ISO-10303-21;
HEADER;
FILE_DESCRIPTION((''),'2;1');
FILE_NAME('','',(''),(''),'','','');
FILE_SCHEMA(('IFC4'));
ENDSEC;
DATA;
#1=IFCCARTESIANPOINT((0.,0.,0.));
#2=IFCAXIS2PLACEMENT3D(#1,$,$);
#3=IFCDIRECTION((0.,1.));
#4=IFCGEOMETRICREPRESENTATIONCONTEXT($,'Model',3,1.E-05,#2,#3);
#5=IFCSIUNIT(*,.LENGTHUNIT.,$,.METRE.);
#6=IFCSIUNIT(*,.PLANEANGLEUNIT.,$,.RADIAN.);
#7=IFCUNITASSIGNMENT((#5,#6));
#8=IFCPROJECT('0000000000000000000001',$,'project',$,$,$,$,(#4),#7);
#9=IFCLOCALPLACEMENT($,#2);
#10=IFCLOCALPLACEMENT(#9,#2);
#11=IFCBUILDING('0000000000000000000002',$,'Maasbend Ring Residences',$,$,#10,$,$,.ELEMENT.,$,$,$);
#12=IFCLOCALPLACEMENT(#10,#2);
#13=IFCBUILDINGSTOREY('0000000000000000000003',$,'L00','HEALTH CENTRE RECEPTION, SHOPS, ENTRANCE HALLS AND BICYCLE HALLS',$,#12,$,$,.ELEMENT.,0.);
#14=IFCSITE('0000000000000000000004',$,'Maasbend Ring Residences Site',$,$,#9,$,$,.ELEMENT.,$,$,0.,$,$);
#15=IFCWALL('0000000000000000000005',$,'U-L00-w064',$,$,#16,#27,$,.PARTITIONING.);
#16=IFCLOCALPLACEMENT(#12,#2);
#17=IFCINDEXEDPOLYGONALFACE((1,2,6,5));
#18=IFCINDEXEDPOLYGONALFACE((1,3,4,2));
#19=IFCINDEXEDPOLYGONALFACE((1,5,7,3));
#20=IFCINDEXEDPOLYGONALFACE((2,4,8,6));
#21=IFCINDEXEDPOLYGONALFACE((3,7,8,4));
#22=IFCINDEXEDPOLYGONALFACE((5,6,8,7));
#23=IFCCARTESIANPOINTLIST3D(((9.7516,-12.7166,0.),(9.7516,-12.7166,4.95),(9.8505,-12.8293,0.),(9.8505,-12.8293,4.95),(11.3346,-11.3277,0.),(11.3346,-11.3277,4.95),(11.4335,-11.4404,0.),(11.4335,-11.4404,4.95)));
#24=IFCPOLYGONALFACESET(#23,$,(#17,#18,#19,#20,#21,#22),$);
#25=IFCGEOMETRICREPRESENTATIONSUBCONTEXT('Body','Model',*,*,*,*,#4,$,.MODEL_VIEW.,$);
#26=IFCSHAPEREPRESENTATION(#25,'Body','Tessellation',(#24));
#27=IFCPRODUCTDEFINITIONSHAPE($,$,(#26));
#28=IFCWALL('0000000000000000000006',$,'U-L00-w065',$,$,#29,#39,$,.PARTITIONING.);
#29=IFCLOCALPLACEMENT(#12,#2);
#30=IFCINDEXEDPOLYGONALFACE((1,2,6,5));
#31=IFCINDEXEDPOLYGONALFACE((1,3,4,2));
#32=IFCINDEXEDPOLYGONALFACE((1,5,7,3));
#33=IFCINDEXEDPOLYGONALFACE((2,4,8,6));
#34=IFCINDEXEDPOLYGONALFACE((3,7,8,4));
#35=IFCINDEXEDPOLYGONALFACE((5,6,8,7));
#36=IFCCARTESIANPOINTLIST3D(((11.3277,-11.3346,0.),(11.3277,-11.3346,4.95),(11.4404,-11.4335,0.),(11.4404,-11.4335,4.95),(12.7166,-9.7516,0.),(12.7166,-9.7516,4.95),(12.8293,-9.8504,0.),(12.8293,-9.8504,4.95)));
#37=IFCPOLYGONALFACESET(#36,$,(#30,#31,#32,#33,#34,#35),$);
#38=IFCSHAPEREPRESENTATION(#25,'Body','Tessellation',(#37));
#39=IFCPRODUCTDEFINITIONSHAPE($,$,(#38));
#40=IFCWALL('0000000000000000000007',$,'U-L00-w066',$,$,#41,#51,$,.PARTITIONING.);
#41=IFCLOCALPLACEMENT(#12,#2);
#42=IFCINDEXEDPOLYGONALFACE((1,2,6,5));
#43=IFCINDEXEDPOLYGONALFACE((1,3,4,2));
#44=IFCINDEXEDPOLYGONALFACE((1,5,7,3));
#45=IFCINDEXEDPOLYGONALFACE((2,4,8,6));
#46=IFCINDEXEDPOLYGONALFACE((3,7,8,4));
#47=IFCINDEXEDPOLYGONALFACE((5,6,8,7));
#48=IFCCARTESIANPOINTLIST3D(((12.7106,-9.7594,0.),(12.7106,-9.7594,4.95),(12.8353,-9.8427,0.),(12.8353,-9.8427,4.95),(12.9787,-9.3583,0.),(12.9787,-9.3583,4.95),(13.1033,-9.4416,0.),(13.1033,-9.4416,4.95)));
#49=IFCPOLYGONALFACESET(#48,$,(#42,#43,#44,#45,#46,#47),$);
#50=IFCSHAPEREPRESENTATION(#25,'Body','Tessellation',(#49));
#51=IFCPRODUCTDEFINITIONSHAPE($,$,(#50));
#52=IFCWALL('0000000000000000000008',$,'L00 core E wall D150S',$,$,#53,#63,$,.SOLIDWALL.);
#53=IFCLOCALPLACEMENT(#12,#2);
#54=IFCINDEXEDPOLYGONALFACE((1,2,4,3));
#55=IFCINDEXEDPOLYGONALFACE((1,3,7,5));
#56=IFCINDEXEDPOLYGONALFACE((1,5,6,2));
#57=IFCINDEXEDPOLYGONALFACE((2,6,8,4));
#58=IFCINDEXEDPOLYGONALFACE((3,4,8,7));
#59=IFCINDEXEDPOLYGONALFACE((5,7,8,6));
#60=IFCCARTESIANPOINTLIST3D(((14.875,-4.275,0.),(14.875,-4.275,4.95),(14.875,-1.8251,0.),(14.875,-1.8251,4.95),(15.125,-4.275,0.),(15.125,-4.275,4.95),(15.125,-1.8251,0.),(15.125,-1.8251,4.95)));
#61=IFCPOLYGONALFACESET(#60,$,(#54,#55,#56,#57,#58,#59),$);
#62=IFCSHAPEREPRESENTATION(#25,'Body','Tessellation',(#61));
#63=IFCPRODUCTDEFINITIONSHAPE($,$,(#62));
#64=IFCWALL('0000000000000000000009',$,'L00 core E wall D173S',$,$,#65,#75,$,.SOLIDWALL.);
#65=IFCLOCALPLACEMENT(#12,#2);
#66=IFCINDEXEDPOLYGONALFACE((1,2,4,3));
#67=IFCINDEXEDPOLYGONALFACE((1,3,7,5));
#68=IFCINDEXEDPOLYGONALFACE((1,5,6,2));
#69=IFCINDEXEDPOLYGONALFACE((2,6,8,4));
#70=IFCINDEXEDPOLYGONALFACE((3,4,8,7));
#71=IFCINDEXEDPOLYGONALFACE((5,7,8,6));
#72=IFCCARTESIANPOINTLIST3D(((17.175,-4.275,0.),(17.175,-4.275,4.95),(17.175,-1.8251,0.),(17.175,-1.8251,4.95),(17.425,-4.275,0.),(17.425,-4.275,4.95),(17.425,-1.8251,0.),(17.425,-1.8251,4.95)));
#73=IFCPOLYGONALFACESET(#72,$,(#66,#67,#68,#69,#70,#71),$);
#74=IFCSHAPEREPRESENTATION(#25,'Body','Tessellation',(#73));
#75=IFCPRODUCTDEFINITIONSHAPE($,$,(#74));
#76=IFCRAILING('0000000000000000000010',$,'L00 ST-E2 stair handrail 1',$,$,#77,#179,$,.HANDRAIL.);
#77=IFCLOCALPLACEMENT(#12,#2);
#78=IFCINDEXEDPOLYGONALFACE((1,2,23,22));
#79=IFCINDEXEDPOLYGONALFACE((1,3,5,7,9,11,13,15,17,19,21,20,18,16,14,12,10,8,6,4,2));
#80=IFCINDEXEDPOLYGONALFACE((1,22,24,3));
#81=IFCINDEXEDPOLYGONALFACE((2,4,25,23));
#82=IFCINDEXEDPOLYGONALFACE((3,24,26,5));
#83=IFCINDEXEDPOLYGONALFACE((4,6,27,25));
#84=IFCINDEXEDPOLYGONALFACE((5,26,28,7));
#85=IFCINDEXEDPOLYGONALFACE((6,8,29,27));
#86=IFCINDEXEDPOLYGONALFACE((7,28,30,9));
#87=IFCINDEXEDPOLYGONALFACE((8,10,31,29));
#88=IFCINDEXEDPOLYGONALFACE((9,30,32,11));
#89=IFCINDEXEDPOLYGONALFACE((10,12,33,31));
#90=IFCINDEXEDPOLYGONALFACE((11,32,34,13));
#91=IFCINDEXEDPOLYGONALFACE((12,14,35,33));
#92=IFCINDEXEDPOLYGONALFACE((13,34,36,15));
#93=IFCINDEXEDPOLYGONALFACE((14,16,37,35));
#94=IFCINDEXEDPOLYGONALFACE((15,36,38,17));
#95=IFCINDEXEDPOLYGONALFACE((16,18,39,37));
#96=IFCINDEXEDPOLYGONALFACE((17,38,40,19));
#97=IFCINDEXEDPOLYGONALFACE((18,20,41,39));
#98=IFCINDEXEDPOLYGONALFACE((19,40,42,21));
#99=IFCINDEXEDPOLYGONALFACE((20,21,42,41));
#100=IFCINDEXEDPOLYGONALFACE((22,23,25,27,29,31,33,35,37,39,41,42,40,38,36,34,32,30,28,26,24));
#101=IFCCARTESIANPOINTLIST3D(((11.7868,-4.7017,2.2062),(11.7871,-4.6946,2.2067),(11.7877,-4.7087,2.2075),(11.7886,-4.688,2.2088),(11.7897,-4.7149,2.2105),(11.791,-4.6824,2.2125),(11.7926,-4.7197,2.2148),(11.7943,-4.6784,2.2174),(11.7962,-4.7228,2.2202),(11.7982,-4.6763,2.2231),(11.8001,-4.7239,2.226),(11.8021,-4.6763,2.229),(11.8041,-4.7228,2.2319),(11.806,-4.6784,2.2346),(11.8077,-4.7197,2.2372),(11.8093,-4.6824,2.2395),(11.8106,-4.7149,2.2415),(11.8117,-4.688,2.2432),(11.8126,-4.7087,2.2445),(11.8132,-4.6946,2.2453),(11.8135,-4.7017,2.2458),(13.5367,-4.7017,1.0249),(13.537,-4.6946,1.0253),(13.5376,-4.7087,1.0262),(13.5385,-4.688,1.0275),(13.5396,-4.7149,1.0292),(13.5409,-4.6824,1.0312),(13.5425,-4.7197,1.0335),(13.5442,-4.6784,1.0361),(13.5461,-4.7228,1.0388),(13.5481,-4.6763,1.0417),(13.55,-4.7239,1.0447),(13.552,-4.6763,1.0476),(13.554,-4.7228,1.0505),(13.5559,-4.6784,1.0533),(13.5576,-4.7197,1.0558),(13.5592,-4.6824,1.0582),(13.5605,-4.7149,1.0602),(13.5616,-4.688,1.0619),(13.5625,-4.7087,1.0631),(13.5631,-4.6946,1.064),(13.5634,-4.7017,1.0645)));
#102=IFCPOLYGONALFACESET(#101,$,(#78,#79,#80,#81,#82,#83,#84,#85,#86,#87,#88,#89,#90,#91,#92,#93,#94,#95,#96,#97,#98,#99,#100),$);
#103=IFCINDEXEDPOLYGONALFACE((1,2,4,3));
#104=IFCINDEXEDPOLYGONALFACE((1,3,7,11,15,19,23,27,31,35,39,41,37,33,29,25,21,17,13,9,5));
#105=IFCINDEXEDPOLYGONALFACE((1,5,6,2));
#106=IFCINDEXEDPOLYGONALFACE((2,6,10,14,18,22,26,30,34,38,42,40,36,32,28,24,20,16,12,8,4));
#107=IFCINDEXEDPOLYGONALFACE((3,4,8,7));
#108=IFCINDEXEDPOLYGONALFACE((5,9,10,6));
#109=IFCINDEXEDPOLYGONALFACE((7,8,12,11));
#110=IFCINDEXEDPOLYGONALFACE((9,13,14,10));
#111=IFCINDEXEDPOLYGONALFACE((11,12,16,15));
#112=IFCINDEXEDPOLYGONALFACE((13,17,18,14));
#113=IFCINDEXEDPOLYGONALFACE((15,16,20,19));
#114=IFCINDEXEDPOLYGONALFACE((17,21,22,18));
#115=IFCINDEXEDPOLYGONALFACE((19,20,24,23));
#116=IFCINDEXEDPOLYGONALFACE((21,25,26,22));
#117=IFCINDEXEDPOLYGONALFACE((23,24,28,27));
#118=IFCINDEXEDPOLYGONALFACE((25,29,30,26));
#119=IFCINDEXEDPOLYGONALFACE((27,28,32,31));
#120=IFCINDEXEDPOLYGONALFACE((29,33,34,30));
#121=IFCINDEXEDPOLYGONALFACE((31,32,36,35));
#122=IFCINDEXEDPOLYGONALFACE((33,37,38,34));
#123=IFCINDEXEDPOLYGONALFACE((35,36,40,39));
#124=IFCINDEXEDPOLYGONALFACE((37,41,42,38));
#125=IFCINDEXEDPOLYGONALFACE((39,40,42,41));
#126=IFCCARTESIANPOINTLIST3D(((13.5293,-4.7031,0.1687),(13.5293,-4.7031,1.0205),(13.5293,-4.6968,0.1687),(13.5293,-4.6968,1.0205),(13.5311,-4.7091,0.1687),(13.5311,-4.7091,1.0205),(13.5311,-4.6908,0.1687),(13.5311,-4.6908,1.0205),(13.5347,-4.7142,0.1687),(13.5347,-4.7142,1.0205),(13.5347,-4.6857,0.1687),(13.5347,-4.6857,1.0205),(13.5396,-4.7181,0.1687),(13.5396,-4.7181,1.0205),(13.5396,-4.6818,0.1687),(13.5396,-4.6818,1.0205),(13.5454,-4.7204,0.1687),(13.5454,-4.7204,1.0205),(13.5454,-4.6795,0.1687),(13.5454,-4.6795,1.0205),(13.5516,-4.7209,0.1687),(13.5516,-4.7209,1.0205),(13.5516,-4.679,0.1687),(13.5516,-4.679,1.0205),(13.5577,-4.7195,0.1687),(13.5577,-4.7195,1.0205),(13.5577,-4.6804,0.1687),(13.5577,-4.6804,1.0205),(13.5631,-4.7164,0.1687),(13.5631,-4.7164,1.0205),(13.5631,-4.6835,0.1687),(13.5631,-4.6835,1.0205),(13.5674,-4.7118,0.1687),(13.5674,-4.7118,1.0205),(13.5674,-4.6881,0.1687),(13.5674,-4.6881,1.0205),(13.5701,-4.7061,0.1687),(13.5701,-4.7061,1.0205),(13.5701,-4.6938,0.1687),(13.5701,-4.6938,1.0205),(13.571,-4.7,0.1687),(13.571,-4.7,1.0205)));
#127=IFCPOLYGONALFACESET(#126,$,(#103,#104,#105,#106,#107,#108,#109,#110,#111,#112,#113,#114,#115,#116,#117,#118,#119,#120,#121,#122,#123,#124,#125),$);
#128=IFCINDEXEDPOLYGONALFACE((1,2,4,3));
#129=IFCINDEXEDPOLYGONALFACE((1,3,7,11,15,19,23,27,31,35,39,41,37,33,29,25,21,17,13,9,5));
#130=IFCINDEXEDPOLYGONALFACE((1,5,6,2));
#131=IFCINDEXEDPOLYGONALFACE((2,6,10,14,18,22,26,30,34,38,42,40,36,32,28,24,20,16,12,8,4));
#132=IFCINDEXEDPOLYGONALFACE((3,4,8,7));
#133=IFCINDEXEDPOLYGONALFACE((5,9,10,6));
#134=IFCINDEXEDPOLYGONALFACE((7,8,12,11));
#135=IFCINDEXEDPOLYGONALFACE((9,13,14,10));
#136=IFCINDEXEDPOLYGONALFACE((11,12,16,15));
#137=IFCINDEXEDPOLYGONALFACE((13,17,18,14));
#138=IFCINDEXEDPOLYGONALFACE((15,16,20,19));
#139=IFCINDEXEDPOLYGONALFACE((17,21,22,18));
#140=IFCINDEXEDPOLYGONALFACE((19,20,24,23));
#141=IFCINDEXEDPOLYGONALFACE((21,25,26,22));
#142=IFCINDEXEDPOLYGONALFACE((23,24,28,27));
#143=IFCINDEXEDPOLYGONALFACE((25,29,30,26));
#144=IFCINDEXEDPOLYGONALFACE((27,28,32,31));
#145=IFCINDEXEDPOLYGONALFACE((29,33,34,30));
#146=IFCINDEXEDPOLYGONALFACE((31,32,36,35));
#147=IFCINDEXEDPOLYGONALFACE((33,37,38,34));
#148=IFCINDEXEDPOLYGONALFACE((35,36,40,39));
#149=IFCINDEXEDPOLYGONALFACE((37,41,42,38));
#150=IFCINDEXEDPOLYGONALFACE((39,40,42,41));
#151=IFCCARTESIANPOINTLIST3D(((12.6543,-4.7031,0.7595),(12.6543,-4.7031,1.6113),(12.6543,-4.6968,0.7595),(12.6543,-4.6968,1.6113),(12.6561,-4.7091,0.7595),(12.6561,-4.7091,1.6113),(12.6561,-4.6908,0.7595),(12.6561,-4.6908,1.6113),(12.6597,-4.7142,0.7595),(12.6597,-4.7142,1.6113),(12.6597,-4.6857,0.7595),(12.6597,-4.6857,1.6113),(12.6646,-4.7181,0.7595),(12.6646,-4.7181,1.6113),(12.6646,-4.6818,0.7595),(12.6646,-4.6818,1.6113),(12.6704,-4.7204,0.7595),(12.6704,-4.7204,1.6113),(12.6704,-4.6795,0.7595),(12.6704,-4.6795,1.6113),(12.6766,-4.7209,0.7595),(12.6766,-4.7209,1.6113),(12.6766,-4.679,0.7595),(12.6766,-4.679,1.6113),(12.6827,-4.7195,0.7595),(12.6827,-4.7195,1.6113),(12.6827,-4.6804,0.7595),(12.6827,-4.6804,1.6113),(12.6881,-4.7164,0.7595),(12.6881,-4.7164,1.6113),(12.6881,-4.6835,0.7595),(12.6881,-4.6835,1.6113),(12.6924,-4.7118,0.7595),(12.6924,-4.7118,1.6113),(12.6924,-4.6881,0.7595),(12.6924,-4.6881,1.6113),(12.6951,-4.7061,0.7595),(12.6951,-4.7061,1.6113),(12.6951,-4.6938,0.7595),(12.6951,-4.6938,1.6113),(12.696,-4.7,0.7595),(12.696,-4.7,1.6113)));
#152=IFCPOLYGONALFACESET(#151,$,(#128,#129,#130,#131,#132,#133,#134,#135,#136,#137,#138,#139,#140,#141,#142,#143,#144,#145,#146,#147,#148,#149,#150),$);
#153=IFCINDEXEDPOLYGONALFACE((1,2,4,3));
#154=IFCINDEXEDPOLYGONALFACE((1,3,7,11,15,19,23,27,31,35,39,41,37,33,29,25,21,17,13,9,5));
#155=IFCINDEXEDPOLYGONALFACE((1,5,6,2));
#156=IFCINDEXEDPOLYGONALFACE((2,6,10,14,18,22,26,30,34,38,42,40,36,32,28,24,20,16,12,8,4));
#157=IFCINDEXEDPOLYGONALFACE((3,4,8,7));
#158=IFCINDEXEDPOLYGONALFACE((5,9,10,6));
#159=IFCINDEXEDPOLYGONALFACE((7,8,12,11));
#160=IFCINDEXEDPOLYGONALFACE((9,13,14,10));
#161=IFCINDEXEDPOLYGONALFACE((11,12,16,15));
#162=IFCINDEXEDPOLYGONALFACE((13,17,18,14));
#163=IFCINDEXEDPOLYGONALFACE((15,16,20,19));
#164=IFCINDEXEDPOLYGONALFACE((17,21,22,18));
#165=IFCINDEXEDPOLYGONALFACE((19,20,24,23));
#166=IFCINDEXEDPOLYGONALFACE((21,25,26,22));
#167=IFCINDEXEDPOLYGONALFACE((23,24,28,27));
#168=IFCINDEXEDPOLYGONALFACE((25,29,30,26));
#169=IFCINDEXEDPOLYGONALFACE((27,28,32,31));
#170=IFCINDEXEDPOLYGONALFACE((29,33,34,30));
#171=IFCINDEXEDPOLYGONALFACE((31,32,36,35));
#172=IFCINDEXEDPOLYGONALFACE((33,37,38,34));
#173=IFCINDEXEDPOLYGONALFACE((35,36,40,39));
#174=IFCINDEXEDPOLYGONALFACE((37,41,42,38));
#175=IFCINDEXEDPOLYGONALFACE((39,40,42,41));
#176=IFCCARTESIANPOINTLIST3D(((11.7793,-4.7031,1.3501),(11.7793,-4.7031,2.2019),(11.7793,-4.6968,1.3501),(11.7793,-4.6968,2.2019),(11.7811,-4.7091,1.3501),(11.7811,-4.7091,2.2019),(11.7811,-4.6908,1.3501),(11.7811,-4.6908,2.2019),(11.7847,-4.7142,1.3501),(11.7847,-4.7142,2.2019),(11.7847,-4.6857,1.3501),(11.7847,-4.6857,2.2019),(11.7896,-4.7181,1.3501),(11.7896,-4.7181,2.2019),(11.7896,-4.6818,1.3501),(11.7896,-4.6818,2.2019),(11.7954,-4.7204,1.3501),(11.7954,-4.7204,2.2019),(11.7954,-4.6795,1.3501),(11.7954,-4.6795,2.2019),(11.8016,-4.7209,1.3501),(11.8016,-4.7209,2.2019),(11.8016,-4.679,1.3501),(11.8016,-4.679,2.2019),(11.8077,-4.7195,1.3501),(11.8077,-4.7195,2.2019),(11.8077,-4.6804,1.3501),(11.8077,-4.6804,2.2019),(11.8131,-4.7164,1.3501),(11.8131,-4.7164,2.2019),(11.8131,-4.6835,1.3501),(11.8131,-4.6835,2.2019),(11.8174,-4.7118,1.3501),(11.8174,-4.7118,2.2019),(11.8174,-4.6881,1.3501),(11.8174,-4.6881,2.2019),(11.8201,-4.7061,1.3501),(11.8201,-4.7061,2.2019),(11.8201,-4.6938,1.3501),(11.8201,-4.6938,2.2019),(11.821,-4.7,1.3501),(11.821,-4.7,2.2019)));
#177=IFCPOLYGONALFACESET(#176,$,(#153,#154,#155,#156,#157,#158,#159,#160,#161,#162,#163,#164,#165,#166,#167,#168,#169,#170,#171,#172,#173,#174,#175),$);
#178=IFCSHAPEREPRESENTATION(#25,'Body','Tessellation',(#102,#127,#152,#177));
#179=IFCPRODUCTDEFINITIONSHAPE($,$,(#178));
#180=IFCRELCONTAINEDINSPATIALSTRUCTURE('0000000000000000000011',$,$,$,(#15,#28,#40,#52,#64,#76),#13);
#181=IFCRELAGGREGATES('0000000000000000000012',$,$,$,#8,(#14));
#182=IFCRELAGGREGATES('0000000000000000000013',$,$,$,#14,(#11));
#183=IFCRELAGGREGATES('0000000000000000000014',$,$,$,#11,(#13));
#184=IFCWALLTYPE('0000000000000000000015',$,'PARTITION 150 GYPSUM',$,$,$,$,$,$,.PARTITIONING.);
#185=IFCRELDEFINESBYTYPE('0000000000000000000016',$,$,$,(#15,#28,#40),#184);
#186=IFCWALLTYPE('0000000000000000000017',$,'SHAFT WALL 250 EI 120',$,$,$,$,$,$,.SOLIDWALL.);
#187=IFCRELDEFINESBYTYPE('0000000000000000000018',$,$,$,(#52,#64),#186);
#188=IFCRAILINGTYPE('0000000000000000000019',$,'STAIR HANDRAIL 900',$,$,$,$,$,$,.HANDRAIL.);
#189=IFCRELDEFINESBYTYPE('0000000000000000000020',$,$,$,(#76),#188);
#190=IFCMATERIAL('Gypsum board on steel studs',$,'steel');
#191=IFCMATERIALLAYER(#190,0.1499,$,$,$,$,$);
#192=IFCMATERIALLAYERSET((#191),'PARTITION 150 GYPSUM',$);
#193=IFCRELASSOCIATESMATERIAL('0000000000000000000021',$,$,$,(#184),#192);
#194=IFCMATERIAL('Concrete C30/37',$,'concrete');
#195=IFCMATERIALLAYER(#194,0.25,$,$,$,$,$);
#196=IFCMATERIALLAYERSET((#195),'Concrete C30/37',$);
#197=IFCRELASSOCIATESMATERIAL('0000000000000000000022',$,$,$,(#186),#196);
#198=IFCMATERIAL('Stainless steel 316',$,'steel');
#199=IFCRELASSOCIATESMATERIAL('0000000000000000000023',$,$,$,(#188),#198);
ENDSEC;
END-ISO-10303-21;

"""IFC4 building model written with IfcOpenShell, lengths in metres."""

from ifc_helpers import new_model, si_unit, direction, frame, frame_2d, origin, origin_2d, place, context, subcontext, project, spatial, rectangle, circle, extrude, material, layer, layer_set, type_object, element, save


model = new_model("IFC4")

# Units and contexts
model_context = context("Model", 3, precision=1e-05, world=origin(), true_north=direction((0.0, 1.0)))
body_context = subcontext(model_context, "Body", "Model", "MODEL_VIEW")
ifc_project = project(units=[si_unit("LENGTHUNIT", "METRE"), si_unit("PLANEANGLEUNIT", "RADIAN")], contexts=[model_context])

# Site, building, storey
site_placement = place(None, origin())
site = spatial("IfcSite", under=ifc_project, at=site_placement, Name="Maasbend Ring Residences Site", CompositionType="ELEMENT", RefElevation=0.0)
building_placement = place(site_placement, origin())
building = spatial("IfcBuilding", under=site, at=building_placement, Name="Maasbend Ring Residences", CompositionType="ELEMENT")
storey_placement = place(building_placement, origin())
storey = spatial("IfcBuildingStorey", under=building, at=storey_placement, Name="L00", Description="HEALTH CENTRE RECEPTION, SHOPS, ENTRANCE HALLS AND BICYCLE HALLS", CompositionType="ELEMENT", Elevation=0.0)

# Walls
ifc_material_1 = material(Name="Gypsum board on steel studs", Category="steel")
ifc_layer_1 = layer(ifc_material_1, 0.1499)
ifc_layer_set_1 = layer_set([ifc_layer_1], Name="PARTITION 150 GYPSUM")
wall_type_1 = type_object("IfcWallType", Name="PARTITION 150 GYPSUM", PredefinedType="PARTITIONING", material=ifc_layer_set_1)
for number, where, z_axis, x_axis, name in (
    (1, (9.801, -12.7729, 0.0), (0.0, 0.0, 1.0), (0.751686, 0.659522, 0.0), "U-L00-w064"),
    (2, (11.384, -11.384, 0.0), (0.0, 0.0, 1.0), (0.659522, 0.751686, 0.0), "U-L00-w065"),
):
    element("IfcWall", number, at=place(storey_placement, frame(where, z_axis=z_axis, x_axis=x_axis)), inside=storey, type_object=wall_type_1, Name=name, PredefinedType="PARTITIONING", context=body_context, shape_type="SweptSolid", body=[
        extrude(rectangle(XDim=2.106, YDim=0.1499, at=frame_2d((1.053, 0.0))), origin(), (0.0, 0.0, 1.0), 4.95),
    ])
wall_1_placement = place(storey_placement, frame((12.7729, -9.801, 0.0), z_axis=(0.0, 0.0, 1.0), x_axis=(0.555634, 0.831427, 0.0)))
element("IfcWall", 3, at=wall_1_placement, inside=storey, type_object=wall_type_1, Name="U-L00-w066", PredefinedType="PARTITIONING", context=body_context, shape_type="SweptSolid", body=[
    extrude(rectangle(XDim=0.4824, YDim=0.1499, at=frame_2d((0.2412, 0.0))), origin(), (0.0, 0.0, 1.0), 4.95),
])
ifc_material_2 = material(Name="Concrete C30/37", Category="concrete")
ifc_layer_2 = layer(ifc_material_2, 0.25)
ifc_layer_set_2 = layer_set([ifc_layer_2], Name="Concrete C30/37")
wall_type_2 = type_object("IfcWallType", Name="SHAFT WALL 250 EI 120", PredefinedType="SOLIDWALL", material=ifc_layer_set_2)
for number, where, z_axis, x_axis, name in (
    (4, (15.0, -1.825, 0.0), (0.0, 0.0, 1.0), (0.0, -1.0, 0.0), "L00 core E wall D150S"),
    (5, (17.3, -1.825, 0.0), (0.0, 0.0, 1.0), (0.0, -1.0, 0.0), "L00 core E wall D173S"),
):
    element("IfcWall", number, at=place(storey_placement, frame(where, z_axis=z_axis, x_axis=x_axis)), inside=storey, type_object=wall_type_2, Name=name, PredefinedType="SOLIDWALL", context=body_context, shape_type="SweptSolid", body=[
        extrude(rectangle(XDim=2.45, YDim=0.25, at=frame_2d((1.2251, 0.0))), origin(), (0.0, 0.0, 1.0), 4.95),
    ])

# Railing
ifc_material_3 = material(Name="Stainless steel 316", Category="steel")
railing_type_1 = type_object("IfcRailingType", Name="STAIR HANDRAIL 900", PredefinedType="HANDRAIL", material=ifc_material_3)
railing_1_placement = place(storey_placement, frame((13.55, -4.7, 0.1687)))
element("IfcRailing", 6, at=railing_1_placement, inside=storey, type_object=railing_type_1, Name="L00 ST-E2 stair handrail 1", PredefinedType="HANDRAIL", context=body_context, shape_type="SweptSolid", body=[
    extrude(circle(Radius=0.0239, at=origin_2d()), frame((0.0, 0.0, 0.876), z_axis=(-0.828817, 0.0, 0.559521), x_axis=(0.0, -1.0, 0.0)), (0.0, 0.0, 1.0), 2.1113),
    extrude(circle(Radius=0.021, at=origin_2d()), origin(), (0.0, 0.0, 1.0), 0.8518),
    extrude(circle(Radius=0.021, at=origin_2d()), frame((-0.875, 0.0, 0.5908)), (0.0, 0.0, 1.0), 0.8518),
    extrude(circle(Radius=0.021, at=origin_2d()), frame((-1.75, 0.0, 1.1814)), (0.0, 0.0, 1.0), 0.8518),
])

save(model, "model.ifc")
